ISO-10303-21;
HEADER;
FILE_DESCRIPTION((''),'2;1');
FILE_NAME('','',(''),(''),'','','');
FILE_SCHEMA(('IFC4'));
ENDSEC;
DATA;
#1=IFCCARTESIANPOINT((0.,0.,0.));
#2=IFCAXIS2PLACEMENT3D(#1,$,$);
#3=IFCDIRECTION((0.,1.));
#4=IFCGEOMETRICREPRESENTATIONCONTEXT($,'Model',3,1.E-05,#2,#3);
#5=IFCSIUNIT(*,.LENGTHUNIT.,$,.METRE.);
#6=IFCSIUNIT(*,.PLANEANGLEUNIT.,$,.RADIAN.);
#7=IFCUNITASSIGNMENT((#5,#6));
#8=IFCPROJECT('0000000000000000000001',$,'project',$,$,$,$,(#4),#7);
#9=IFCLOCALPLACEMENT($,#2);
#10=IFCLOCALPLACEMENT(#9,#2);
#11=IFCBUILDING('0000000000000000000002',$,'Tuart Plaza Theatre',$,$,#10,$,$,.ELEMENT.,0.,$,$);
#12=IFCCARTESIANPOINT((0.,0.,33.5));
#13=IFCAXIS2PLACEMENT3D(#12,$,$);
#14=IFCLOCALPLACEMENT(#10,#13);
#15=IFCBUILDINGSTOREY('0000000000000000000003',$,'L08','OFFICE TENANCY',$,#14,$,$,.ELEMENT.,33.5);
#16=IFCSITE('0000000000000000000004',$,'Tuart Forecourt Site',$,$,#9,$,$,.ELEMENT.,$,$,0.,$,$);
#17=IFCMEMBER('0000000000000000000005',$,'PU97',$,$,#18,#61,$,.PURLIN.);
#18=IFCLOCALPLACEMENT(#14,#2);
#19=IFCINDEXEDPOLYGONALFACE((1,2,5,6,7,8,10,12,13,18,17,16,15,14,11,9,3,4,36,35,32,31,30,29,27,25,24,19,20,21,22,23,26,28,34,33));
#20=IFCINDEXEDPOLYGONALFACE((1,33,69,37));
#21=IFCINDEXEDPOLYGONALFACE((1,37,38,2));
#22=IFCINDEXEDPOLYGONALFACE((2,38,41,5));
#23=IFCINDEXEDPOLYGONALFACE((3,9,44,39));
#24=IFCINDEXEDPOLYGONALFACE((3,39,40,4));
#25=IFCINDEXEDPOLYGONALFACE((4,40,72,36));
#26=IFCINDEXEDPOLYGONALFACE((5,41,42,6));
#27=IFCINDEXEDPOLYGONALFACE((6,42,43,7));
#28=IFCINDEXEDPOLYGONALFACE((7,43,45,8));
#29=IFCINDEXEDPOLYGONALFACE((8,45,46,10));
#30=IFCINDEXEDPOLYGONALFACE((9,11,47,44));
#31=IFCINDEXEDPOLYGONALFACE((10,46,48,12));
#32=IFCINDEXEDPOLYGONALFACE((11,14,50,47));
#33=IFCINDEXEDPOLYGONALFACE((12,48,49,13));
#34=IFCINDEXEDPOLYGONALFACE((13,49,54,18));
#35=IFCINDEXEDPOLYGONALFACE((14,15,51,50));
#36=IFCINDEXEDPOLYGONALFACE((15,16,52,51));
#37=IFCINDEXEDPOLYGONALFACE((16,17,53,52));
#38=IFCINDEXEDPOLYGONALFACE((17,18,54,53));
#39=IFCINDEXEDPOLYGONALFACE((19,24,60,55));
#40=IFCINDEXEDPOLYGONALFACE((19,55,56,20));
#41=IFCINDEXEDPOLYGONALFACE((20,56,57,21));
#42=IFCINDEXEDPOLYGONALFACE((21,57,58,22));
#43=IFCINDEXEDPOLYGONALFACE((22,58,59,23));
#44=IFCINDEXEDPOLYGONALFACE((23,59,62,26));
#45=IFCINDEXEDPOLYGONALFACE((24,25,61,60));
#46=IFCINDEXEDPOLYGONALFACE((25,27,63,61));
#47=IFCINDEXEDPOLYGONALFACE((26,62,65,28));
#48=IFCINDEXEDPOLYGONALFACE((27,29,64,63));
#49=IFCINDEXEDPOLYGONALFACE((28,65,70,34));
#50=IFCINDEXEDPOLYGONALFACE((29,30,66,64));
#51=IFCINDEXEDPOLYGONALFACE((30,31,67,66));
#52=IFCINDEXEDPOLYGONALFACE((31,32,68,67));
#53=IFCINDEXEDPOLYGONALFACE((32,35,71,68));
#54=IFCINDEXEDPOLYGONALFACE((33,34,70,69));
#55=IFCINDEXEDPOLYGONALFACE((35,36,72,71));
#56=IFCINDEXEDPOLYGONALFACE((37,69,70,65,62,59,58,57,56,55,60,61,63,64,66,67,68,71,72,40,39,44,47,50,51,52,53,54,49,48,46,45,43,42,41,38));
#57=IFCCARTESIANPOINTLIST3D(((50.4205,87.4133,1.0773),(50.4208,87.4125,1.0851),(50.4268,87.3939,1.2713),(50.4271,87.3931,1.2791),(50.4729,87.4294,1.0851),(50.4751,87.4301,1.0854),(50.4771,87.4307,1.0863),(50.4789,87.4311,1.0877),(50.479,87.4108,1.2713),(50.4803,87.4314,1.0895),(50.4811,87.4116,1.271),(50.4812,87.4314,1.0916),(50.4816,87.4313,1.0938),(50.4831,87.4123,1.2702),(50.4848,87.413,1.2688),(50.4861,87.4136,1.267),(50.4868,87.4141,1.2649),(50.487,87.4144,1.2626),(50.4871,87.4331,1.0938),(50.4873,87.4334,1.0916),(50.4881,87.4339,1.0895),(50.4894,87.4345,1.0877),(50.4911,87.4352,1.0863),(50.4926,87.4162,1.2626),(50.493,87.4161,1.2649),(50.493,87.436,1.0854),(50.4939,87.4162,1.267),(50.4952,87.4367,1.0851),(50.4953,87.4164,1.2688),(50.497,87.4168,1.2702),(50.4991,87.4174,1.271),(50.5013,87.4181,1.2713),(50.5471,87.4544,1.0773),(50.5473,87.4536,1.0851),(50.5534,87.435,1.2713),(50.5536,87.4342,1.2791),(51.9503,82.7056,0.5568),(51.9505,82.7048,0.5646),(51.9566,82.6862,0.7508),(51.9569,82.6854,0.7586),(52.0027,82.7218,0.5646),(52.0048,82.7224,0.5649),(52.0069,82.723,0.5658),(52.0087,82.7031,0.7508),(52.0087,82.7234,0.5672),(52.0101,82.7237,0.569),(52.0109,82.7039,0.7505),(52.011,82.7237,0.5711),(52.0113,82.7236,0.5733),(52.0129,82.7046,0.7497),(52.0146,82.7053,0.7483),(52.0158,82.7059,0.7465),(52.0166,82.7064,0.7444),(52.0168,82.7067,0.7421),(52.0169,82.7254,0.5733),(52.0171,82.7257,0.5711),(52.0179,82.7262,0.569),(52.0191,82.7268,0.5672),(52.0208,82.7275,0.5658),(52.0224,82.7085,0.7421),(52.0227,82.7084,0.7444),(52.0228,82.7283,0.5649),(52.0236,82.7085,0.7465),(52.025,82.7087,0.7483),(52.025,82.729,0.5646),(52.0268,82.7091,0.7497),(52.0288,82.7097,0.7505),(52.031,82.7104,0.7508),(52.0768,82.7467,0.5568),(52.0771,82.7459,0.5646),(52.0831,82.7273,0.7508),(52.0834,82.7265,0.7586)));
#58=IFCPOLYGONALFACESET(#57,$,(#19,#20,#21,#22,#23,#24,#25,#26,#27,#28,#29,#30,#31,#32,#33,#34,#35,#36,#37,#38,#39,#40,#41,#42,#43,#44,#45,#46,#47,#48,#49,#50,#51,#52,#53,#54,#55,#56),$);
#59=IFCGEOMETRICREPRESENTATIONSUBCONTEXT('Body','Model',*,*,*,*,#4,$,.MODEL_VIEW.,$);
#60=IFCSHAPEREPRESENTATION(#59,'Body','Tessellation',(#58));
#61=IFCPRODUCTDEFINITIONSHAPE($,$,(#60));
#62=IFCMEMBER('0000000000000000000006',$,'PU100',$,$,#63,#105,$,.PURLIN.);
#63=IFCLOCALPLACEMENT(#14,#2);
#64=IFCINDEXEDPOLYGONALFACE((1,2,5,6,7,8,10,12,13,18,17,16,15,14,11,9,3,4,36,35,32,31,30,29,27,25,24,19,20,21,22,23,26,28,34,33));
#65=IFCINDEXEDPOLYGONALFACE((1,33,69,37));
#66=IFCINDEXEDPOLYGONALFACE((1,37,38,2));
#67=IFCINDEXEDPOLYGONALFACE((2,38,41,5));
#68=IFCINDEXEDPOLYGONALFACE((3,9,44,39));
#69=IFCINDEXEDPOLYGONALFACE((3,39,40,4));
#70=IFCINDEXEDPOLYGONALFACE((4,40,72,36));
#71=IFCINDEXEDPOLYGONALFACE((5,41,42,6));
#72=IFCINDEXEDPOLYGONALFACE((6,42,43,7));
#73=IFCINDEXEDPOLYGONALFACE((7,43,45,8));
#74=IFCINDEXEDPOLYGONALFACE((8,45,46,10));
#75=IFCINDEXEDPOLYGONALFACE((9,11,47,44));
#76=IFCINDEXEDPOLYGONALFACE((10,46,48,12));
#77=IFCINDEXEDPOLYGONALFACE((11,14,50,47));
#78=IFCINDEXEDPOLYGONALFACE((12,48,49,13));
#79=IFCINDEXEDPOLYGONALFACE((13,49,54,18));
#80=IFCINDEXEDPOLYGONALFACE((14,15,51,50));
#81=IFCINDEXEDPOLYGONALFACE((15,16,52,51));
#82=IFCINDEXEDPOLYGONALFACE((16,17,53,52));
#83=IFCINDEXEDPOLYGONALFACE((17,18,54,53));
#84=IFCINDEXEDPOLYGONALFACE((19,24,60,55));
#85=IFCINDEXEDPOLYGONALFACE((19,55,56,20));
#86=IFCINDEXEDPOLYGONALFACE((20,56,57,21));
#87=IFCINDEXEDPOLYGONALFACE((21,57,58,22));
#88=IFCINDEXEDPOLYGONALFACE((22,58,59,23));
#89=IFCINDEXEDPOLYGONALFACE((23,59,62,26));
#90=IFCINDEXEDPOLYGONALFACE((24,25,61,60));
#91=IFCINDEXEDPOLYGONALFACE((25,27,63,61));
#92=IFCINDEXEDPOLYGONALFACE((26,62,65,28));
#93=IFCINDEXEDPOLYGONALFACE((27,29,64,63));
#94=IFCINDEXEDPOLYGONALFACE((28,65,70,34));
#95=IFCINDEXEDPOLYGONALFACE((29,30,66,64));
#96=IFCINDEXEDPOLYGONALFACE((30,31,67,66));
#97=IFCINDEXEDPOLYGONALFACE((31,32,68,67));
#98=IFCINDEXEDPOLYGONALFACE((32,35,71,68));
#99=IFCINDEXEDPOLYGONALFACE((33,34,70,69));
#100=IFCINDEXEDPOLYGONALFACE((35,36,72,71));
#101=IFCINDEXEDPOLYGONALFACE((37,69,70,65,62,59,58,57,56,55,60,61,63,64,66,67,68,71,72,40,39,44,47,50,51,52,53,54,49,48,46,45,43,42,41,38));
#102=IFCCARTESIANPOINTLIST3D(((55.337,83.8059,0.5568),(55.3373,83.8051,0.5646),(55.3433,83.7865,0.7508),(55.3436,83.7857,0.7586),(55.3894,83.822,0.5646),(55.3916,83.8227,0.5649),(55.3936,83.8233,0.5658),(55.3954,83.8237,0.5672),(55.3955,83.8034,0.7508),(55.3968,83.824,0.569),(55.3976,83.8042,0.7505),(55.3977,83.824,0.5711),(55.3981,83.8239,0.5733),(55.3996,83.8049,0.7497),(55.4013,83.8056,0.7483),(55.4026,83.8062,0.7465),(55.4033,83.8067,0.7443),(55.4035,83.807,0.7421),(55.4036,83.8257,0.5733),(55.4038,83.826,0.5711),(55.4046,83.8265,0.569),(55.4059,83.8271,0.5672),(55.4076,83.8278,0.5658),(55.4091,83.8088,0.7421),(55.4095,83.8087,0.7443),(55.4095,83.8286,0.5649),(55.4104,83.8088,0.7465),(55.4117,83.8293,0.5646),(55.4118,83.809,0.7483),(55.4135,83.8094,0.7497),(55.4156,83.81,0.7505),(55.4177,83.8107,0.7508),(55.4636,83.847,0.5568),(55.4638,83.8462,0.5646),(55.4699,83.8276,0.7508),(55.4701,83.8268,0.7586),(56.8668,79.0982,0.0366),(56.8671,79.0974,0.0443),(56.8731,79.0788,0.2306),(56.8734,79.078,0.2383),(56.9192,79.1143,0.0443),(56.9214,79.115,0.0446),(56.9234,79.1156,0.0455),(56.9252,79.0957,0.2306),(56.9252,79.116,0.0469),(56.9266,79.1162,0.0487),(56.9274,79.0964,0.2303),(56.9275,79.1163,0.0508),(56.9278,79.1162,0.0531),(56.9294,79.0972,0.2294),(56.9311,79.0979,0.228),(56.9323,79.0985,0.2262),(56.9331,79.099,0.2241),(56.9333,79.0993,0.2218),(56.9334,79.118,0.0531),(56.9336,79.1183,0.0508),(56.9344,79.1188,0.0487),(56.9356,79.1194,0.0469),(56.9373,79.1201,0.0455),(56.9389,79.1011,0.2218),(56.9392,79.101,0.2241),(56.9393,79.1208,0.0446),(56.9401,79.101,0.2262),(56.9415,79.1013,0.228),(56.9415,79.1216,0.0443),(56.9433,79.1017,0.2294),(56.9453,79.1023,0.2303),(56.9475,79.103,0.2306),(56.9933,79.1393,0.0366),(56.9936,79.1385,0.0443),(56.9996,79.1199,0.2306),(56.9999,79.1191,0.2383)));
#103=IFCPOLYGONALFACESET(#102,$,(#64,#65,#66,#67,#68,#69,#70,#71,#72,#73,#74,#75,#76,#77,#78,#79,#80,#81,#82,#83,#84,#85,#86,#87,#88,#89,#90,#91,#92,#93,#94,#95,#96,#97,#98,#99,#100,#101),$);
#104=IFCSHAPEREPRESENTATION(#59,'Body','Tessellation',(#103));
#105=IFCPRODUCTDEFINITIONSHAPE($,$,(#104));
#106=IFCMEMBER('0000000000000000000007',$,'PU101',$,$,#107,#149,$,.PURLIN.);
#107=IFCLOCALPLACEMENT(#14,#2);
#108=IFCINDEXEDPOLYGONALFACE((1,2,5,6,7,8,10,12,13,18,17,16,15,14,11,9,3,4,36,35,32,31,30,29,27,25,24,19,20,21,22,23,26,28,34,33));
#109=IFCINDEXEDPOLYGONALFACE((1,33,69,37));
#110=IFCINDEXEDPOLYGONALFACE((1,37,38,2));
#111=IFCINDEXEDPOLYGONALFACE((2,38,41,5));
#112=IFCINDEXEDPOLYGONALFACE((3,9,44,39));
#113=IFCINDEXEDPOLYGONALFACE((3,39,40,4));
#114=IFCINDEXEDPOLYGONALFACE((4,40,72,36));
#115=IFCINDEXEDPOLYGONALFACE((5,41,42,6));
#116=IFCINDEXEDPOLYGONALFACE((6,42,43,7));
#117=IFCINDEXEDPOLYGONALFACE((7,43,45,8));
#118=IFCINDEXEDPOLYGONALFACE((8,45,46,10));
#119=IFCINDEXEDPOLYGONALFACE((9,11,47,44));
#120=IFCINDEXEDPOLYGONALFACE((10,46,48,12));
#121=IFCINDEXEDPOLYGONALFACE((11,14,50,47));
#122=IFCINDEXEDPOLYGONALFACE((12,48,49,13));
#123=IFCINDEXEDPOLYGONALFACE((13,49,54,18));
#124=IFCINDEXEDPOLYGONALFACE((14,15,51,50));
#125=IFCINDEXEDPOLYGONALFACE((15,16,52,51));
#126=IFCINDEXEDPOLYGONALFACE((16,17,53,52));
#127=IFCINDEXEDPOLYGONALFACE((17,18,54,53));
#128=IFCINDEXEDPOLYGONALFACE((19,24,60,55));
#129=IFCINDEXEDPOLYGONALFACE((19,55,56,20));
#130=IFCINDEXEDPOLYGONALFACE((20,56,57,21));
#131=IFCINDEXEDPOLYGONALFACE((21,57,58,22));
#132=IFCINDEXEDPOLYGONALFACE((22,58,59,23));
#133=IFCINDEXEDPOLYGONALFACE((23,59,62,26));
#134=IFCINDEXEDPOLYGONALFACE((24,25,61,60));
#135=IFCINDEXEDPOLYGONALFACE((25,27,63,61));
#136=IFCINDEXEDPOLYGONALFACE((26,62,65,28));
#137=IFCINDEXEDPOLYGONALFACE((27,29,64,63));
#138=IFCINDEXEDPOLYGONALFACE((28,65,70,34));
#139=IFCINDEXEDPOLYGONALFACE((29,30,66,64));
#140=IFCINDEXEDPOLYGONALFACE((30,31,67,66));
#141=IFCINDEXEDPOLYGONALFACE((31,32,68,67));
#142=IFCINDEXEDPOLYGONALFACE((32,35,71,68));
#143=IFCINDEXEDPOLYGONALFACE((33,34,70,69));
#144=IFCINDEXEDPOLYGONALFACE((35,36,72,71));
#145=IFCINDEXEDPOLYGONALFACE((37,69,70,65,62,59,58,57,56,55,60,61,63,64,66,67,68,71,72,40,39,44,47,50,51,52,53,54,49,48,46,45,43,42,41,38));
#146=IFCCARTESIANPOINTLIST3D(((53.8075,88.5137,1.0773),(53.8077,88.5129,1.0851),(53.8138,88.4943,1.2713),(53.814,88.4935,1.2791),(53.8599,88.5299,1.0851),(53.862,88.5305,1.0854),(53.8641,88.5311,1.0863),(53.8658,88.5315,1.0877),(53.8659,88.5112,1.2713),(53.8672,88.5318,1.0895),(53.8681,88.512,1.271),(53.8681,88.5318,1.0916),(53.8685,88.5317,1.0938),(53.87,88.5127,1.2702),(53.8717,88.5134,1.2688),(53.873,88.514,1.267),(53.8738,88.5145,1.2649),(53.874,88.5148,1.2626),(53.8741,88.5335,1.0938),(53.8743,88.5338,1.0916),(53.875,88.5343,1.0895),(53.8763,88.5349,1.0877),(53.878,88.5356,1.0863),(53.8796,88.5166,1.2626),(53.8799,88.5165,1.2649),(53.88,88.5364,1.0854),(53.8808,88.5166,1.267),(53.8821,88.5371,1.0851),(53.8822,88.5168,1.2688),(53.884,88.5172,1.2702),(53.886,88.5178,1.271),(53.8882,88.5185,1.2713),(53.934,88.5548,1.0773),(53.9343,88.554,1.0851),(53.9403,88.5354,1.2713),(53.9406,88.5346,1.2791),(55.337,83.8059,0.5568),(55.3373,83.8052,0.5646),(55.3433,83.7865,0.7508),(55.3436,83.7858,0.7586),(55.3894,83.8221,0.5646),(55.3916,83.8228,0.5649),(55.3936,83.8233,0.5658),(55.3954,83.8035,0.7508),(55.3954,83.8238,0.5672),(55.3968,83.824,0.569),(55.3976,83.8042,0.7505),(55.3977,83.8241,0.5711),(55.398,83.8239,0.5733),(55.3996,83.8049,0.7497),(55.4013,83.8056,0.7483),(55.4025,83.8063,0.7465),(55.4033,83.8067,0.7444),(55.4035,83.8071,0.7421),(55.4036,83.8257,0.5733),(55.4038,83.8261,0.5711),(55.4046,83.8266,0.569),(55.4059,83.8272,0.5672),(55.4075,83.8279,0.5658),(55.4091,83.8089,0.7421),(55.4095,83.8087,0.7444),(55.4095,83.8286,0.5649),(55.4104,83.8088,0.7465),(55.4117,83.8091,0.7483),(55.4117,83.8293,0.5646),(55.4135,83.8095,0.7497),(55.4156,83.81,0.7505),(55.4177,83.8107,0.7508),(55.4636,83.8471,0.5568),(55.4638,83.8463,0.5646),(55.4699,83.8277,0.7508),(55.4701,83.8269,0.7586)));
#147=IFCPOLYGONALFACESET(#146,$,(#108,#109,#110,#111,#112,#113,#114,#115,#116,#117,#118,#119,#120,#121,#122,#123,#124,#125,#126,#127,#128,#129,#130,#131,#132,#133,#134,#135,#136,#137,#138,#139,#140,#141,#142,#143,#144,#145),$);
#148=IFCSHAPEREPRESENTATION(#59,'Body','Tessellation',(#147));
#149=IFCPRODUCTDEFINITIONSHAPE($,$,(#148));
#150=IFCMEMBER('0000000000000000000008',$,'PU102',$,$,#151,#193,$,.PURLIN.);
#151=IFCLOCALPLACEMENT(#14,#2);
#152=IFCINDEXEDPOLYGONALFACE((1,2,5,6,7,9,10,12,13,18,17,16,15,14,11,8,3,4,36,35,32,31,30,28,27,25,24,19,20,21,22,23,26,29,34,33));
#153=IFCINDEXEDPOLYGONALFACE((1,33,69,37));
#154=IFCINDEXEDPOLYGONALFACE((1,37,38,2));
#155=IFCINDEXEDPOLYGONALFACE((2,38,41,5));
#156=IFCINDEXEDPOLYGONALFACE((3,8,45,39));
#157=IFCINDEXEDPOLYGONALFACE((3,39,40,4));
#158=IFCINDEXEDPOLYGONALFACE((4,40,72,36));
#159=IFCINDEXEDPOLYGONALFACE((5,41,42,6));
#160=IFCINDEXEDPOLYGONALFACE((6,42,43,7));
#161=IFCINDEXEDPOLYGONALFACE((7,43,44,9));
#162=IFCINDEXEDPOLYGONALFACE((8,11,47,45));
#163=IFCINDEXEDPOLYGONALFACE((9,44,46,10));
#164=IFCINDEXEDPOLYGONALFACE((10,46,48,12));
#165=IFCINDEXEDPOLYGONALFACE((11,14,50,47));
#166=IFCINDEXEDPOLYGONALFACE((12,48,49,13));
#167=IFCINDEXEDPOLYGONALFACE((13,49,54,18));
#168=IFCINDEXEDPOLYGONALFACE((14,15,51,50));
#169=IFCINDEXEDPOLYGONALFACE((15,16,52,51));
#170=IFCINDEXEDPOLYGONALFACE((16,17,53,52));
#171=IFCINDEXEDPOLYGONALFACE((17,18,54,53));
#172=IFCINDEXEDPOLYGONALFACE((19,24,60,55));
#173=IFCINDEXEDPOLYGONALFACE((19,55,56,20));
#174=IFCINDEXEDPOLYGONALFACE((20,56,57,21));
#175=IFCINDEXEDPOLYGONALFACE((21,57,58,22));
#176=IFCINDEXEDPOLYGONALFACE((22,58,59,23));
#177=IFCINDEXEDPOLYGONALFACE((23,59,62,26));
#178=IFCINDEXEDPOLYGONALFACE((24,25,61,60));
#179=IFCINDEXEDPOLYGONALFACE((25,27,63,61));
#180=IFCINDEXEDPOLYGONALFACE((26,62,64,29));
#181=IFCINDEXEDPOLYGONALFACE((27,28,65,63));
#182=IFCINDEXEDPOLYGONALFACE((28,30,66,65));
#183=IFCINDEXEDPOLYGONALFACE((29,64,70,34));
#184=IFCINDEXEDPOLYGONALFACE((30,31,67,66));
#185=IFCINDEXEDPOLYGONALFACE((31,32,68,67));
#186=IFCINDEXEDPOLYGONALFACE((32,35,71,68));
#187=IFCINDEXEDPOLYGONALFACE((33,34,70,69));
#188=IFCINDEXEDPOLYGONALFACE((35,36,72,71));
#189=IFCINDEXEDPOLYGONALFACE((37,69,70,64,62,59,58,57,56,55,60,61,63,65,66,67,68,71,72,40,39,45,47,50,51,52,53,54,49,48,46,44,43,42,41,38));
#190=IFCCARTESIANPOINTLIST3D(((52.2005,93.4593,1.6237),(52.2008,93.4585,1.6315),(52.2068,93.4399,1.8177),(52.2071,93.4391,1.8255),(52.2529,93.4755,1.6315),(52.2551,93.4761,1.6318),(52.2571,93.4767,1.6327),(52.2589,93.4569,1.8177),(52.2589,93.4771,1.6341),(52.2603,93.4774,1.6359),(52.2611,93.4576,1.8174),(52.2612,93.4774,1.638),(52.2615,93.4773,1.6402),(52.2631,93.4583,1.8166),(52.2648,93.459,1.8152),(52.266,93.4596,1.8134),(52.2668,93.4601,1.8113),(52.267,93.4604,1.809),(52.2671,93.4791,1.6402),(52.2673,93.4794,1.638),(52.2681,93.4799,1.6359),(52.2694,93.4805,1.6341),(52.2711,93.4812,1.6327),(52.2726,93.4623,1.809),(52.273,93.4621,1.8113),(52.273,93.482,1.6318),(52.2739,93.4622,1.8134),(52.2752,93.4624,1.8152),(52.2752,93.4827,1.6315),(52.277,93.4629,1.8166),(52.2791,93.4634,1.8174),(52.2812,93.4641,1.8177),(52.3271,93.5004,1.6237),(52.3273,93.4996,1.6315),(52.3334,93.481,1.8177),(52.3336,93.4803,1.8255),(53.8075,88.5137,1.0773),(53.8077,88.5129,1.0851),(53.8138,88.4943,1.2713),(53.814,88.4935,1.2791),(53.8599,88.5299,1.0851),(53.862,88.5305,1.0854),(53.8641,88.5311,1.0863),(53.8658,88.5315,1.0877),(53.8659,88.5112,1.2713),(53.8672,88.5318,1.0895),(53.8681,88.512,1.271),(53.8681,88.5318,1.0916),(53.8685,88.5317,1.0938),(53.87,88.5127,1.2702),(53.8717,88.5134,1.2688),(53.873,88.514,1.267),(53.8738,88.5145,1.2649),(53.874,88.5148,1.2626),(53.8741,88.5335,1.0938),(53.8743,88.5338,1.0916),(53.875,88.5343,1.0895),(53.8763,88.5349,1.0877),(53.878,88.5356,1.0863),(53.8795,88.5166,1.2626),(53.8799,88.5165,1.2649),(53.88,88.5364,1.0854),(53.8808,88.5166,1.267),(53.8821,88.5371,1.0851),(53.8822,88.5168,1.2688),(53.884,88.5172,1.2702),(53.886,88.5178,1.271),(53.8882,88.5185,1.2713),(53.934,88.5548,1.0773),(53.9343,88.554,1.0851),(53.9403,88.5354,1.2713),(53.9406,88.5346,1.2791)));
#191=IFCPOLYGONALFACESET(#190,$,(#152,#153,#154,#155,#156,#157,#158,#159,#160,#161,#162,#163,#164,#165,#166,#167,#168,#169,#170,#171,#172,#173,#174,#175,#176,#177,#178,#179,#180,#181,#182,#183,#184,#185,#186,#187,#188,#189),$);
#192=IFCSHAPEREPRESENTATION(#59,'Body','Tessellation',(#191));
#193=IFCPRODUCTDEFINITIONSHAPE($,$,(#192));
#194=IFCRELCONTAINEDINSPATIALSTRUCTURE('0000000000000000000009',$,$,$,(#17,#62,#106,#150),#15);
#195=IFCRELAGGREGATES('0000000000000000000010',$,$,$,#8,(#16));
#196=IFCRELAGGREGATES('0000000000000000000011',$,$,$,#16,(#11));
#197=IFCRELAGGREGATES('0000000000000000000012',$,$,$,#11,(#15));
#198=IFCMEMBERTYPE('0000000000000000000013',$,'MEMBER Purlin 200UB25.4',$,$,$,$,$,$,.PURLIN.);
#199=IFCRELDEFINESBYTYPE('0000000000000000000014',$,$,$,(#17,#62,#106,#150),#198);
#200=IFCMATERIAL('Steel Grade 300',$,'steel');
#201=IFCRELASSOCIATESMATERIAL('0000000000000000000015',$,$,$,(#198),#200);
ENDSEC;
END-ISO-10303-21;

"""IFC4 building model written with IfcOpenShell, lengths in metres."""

from ifc_helpers import new_model, si_unit, direction, frame, origin, origin_2d, place, context, subcontext, project, spatial, i_section, extrude, material, material_profile, profile_set, type_object, element, save


model = new_model("IFC4")

# Units and contexts
model_context = context("Model", 3, precision=1e-05, world=origin(), true_north=direction((0.0, 1.0)))
body_context = subcontext(model_context, "Body", "Model", "MODEL_VIEW")
ifc_project = project(units=[si_unit("LENGTHUNIT", "METRE"), si_unit("PLANEANGLEUNIT", "RADIAN")], contexts=[model_context])

# Site, building, storey
site_placement = place(None, origin())
site = spatial("IfcSite", under=ifc_project, at=site_placement, Name="Tuart Forecourt Site", CompositionType="ELEMENT", RefElevation=0.0)
building_placement = place(site_placement, origin())
building = spatial("IfcBuilding", under=site, at=building_placement, Name="Tuart Plaza Theatre", CompositionType="ELEMENT", ElevationOfRefHeight=0.0)
storey_placement = place(building_placement, frame((0.0, 0.0, 33.5)))
storey = spatial("IfcBuildingStorey", under=building, at=storey_placement, Name="L08", Description="OFFICE TENANCY", CompositionType="ELEMENT", Elevation=33.5)

# Members
ifc_material_1 = material(Name="Steel Grade 300", Category="steel")
ifc_material_profile_1 = material_profile(ifc_material_1, i_section(OverallWidth=0.1331, OverallDepth=0.2029, WebThickness=0.0059, FlangeThickness=0.0078, FilletRadius=0.0088, at=origin_2d()), Name="200UB25.4")
ifc_profile_set_1 = profile_set([ifc_material_profile_1], Name="Steel Grade 300")
member_type_1 = type_object("IfcMemberType", Name="MEMBER Purlin 200UB25.4", PredefinedType="PURLIN", material=ifc_profile_set_1)
for number, where, z_axis, x_axis, name in (
    (1, (52.0168, 82.7161, 0.6577), (-0.307348, 0.945834, 0.104575), (-0.951048, -0.309043, 0.0), "PU97"),
    (2, (56.9333, 79.1086, 0.1375), (-0.30735, 0.945838, 0.104526), (-0.951048, -0.309043, 0.0), "PU100"),
    (3, (55.4036, 83.8164, 0.6577), (-0.307304, 0.945848, 0.104576), (-0.951063, -0.308998, 0.0), "PU101"),
):
    element("IfcMember", number, at=place(storey_placement, frame(where, z_axis=z_axis, x_axis=x_axis)), inside=storey, type_object=member_type_1, Name=name, PredefinedType="PURLIN", context=body_context, shape_type="SweptSolid", body=[
        extrude(i_section(OverallWidth=0.1331, OverallDepth=0.2029, WebThickness=0.0059, FlangeThickness=0.0078, FilletRadius=0.0088, at=origin_2d()), origin(), (0.0, 0.0, 1.0), 4.9773),
    ])
member_1_placement = place(storey_placement, frame((53.874, 88.5242, 1.1782), z_axis=(-0.307329, 0.945848, 0.104498), x_axis=(-0.951055, -0.309021, 0.0)))
element("IfcMember", 4, at=member_1_placement, inside=storey, type_object=member_type_1, Name="PU102", PredefinedType="PURLIN", context=body_context, shape_type="SweptSolid", body=[
    extrude(i_section(OverallWidth=0.1331, OverallDepth=0.2029, WebThickness=0.0059, FlangeThickness=0.0078, FilletRadius=0.0088, at=origin_2d()), origin(), (0.0, 0.0, 1.0), 5.2288),
])

save(model, "model.ifc")
